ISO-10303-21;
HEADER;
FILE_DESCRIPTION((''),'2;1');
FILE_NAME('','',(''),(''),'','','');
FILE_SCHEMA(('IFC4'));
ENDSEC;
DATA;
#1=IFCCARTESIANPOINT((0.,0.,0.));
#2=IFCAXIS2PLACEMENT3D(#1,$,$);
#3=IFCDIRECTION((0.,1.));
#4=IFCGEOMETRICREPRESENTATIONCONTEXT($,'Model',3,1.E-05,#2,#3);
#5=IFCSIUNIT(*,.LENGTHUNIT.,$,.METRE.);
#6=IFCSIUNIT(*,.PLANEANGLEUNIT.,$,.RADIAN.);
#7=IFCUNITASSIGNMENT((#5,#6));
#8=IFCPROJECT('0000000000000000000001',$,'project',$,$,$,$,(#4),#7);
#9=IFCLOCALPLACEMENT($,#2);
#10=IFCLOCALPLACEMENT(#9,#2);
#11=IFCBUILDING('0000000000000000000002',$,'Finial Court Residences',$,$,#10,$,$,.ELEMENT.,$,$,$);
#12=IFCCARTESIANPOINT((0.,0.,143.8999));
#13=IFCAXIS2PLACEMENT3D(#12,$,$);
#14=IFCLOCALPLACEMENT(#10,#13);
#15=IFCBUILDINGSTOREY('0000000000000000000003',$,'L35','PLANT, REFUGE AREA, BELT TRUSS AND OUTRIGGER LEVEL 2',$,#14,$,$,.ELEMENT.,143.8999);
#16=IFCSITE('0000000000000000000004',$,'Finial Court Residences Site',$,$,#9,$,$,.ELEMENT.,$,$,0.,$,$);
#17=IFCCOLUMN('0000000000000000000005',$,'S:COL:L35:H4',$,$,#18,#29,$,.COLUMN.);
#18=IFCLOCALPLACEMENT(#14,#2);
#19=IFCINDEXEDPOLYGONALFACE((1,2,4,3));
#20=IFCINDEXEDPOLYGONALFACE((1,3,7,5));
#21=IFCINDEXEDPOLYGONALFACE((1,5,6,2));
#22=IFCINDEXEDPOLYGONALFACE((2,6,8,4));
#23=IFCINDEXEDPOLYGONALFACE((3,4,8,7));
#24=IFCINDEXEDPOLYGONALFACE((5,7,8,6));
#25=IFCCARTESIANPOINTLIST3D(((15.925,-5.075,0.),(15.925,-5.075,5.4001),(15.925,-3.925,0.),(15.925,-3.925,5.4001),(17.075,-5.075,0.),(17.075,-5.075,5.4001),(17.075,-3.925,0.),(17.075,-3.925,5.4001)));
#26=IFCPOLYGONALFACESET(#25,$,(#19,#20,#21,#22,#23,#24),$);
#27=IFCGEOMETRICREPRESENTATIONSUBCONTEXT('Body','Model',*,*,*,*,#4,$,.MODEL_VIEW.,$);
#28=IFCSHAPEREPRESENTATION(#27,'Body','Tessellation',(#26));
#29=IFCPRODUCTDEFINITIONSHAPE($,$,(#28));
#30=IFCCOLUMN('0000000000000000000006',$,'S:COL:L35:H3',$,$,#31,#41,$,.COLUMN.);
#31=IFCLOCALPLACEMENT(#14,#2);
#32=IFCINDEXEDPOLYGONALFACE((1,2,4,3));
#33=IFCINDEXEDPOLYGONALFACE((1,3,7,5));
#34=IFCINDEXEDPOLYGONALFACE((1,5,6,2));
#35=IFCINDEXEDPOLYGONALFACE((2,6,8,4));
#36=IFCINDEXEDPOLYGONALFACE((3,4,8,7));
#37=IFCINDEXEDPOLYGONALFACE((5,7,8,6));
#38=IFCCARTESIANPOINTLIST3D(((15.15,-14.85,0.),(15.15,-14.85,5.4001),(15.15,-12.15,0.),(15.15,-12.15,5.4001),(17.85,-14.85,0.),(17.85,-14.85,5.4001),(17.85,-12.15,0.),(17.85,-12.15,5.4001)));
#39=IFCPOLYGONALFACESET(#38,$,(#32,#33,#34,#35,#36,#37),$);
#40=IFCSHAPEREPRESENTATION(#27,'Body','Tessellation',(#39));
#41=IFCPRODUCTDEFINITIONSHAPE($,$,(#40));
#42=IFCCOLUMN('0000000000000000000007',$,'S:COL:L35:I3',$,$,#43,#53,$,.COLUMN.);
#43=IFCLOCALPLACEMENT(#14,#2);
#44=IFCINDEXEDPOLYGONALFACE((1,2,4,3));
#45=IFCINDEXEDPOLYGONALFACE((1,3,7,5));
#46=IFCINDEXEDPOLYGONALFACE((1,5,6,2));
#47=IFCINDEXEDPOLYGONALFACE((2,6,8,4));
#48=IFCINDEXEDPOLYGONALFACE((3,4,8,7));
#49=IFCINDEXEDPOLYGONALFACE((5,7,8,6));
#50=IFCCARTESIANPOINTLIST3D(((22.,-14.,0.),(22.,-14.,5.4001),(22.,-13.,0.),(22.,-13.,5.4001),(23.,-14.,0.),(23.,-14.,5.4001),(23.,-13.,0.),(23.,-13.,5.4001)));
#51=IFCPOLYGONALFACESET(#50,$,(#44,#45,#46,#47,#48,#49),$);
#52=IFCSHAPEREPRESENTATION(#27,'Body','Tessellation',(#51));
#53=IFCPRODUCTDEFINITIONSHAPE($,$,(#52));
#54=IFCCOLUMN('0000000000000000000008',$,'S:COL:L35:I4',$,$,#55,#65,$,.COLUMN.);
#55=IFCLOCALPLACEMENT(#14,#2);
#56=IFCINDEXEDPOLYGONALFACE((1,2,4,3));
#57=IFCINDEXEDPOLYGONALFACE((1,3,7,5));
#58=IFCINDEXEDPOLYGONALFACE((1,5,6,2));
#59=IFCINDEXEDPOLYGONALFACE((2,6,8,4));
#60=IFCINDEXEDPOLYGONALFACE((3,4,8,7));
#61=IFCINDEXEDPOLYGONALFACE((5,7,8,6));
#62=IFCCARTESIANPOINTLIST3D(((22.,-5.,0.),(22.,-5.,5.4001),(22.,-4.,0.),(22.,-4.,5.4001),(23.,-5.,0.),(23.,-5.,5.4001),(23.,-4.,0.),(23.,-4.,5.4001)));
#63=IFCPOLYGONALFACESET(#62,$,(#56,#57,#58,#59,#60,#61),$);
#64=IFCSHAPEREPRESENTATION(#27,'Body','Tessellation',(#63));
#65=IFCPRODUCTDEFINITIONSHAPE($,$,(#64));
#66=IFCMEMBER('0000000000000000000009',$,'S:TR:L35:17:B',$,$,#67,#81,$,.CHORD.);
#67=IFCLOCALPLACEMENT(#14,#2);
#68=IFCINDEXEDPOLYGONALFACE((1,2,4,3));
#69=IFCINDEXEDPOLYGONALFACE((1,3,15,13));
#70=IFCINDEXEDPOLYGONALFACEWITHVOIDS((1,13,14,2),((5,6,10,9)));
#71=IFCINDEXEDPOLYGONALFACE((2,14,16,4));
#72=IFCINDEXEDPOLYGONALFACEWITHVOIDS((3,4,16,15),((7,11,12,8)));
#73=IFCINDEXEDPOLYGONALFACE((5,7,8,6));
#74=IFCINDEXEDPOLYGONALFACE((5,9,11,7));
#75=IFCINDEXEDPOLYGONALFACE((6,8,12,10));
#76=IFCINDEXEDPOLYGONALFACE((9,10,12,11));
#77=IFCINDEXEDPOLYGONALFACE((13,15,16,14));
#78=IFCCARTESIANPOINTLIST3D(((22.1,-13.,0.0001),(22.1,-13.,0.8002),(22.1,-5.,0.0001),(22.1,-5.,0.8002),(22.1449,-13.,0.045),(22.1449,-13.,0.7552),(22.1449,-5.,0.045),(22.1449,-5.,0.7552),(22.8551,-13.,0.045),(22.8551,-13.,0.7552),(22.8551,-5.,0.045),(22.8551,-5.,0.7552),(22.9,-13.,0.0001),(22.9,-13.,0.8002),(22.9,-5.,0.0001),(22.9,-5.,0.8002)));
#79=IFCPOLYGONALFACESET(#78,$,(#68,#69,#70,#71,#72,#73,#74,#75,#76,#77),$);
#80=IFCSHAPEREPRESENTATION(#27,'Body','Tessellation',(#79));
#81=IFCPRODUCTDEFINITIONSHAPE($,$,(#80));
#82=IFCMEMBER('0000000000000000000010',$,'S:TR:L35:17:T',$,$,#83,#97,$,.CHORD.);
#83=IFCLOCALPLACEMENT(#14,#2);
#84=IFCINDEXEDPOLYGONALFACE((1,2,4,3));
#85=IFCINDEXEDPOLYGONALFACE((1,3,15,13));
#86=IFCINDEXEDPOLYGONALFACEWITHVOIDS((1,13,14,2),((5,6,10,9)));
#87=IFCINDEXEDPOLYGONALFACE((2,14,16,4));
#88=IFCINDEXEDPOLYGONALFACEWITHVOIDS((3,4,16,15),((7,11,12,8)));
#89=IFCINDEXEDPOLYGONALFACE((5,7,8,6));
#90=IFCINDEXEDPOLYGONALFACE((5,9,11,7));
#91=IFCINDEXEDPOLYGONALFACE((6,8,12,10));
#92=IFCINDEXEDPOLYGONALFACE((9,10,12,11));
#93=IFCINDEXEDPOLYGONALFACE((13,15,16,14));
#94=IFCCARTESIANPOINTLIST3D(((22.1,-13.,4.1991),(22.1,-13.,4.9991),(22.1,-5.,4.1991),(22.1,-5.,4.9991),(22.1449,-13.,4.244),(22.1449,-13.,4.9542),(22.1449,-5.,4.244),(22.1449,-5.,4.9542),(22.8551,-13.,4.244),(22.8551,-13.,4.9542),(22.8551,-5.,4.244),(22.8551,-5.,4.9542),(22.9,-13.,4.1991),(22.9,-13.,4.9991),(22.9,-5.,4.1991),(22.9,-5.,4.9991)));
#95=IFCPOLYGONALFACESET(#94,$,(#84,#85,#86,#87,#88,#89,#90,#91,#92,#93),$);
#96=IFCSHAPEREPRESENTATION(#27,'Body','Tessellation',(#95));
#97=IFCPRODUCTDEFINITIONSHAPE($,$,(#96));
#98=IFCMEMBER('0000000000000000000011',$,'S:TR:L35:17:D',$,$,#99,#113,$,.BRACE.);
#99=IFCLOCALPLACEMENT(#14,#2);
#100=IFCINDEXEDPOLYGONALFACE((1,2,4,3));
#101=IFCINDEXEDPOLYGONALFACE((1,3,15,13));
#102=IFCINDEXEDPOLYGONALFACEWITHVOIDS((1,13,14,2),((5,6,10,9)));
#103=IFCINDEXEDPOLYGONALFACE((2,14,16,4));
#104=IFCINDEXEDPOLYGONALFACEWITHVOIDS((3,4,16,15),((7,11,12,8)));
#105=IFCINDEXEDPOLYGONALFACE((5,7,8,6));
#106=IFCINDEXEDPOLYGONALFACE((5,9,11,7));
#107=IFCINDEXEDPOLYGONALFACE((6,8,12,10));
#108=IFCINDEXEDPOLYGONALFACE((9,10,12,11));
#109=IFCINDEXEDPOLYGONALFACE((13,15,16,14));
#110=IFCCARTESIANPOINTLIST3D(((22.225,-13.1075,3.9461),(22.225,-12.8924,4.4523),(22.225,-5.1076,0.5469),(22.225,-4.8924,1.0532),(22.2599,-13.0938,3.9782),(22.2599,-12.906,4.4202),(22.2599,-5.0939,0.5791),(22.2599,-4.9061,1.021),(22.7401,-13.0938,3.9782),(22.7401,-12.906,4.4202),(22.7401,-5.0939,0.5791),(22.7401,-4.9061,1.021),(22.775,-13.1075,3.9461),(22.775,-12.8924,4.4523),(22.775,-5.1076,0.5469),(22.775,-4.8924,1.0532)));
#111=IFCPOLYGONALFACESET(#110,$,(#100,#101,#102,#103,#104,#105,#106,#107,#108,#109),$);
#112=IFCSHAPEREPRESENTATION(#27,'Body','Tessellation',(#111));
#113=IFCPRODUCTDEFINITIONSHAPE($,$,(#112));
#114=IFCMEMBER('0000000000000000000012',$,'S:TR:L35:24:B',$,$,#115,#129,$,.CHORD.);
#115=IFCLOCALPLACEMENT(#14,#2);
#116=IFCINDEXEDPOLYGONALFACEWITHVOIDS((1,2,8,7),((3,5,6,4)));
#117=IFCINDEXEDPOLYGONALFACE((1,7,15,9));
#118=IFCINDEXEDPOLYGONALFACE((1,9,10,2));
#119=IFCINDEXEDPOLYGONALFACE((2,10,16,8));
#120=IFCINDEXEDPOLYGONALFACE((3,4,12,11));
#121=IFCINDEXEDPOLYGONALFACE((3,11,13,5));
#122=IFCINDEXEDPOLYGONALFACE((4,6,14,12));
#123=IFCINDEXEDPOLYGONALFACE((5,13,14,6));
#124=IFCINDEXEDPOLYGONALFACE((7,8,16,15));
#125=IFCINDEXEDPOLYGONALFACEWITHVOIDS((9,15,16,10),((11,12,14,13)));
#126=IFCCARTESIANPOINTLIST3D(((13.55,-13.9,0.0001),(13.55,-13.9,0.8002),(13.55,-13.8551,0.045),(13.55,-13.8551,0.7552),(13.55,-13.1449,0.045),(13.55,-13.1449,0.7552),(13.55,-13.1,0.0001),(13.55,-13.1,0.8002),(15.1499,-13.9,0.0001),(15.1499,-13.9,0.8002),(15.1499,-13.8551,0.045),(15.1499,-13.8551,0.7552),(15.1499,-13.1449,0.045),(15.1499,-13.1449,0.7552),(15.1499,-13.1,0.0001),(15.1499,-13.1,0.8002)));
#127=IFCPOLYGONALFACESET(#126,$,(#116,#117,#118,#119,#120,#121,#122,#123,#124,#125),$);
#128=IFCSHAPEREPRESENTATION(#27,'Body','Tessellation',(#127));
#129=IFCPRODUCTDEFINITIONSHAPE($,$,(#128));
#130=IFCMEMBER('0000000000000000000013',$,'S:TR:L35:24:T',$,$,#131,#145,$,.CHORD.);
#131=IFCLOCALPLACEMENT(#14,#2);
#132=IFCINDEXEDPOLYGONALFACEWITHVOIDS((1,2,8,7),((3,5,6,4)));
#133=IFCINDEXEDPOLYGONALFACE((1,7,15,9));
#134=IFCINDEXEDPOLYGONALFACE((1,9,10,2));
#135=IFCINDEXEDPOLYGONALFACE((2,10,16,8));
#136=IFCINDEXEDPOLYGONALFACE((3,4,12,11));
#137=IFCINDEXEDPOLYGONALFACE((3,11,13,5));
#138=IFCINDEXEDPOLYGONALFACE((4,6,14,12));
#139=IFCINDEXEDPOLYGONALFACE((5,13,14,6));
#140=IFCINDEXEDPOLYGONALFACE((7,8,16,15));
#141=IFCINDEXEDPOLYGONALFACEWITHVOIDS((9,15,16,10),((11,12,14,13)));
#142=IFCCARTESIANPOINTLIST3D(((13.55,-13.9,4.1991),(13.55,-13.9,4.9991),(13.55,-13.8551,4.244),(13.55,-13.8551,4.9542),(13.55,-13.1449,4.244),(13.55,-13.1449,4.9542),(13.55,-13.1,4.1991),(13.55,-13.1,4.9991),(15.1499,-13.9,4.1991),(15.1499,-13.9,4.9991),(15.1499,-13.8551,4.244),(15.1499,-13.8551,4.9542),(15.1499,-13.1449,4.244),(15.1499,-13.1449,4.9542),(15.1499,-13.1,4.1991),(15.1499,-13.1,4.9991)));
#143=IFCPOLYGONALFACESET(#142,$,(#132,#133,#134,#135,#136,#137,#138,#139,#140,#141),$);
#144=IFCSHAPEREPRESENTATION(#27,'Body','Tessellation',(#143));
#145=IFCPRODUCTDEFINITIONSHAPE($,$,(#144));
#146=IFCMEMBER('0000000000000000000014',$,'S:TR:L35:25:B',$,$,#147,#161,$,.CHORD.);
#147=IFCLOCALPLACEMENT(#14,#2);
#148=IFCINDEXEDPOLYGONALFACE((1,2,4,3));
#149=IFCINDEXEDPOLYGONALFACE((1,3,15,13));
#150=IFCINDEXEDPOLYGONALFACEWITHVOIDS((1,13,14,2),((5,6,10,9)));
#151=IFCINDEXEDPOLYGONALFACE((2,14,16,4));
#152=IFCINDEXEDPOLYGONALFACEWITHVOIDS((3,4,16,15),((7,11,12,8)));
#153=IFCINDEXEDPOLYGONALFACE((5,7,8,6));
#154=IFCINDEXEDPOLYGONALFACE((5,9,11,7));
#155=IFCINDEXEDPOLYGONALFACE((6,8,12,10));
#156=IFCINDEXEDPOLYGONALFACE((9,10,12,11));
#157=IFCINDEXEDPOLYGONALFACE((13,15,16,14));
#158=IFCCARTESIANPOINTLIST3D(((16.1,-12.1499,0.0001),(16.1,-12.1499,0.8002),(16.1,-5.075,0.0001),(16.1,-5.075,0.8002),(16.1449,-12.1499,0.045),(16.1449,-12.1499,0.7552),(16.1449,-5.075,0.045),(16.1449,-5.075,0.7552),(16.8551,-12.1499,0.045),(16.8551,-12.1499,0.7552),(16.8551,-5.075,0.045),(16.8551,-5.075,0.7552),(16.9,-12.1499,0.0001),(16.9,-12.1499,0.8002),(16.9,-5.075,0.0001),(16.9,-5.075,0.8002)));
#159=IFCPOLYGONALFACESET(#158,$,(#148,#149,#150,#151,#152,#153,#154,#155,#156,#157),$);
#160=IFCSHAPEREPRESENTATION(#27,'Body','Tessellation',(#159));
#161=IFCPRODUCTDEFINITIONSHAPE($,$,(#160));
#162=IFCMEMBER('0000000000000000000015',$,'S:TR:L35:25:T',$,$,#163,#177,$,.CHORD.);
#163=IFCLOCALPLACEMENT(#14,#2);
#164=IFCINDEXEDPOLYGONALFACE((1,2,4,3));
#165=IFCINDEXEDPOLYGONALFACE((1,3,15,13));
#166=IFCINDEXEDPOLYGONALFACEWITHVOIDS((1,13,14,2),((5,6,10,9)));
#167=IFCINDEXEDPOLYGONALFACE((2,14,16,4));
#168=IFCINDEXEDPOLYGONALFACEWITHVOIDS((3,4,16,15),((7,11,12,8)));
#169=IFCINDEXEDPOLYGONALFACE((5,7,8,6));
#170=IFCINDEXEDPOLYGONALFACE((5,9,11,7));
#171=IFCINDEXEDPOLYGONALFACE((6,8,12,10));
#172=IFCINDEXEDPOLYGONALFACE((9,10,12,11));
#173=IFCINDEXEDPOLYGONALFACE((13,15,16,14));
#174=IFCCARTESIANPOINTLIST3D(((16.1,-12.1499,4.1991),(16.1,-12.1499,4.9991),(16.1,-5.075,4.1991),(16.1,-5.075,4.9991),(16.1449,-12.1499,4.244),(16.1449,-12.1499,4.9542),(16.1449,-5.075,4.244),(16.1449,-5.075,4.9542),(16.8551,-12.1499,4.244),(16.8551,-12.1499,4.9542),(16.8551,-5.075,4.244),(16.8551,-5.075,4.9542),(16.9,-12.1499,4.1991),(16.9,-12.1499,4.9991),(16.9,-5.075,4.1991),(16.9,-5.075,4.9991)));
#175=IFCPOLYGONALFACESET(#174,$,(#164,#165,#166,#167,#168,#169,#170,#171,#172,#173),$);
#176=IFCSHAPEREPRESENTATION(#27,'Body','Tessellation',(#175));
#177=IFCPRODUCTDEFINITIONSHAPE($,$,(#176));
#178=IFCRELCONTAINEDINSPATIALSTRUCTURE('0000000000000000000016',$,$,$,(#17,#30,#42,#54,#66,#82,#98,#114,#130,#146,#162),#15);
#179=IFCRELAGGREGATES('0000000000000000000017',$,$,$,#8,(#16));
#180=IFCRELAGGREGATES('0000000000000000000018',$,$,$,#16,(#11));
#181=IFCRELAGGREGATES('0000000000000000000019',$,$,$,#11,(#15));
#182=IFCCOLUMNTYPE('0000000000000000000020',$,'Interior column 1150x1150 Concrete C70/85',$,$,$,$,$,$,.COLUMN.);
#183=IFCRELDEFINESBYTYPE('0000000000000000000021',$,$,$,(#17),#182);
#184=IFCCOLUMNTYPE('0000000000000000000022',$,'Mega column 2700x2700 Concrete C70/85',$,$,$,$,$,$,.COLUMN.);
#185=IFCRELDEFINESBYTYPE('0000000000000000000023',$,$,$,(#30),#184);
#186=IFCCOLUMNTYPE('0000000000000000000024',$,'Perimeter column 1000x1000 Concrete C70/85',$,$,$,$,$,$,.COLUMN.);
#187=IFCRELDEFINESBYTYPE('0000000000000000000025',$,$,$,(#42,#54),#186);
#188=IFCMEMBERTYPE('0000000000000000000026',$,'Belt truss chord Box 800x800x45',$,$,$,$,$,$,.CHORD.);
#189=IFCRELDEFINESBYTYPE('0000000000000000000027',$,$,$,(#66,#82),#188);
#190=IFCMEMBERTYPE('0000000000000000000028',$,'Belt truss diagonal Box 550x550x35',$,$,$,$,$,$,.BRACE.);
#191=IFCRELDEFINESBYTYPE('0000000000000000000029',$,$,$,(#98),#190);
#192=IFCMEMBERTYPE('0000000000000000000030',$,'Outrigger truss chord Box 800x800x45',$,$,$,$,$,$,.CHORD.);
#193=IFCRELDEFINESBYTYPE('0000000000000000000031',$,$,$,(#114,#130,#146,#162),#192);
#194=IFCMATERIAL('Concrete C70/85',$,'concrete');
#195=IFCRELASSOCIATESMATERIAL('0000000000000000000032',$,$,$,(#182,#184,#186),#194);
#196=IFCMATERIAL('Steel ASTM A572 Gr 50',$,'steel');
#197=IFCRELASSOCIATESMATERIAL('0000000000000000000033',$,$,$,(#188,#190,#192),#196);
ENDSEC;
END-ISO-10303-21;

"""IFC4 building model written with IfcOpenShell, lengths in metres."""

from ifc_helpers import new_model, si_unit, direction, frame, origin, origin_2d, place, context, subcontext, project, spatial, rectangle, hollow_rectangle, extrude, material, material_profile, profile_set, type_object, element, save


model = new_model("IFC4")

# Units and contexts
model_context = context("Model", 3, precision=1e-05, world=origin(), true_north=direction((0.0, 1.0)))
body_context = subcontext(model_context, "Body", "Model", "MODEL_VIEW")
ifc_project = project(units=[si_unit("LENGTHUNIT", "METRE"), si_unit("PLANEANGLEUNIT", "RADIAN")], contexts=[model_context])

# Site, building, storey
site_placement = place(None, origin())
site = spatial("IfcSite", under=ifc_project, at=site_placement, Name="Finial Court Residences Site", CompositionType="ELEMENT", RefElevation=0.0)
building_placement = place(site_placement, origin())
building = spatial("IfcBuilding", under=site, at=building_placement, Name="Finial Court Residences", CompositionType="ELEMENT")
storey_placement = place(building_placement, frame((0.0, 0.0, 143.8999)))
storey = spatial("IfcBuildingStorey", under=building, at=storey_placement, Name="L35", Description="PLANT, REFUGE AREA, BELT TRUSS AND OUTRIGGER LEVEL 2", CompositionType="ELEMENT", Elevation=143.8999)

# Columns
ifc_material_1 = material(Name="Concrete C70/85", Category="concrete")
ifc_material_profile_1 = material_profile(ifc_material_1, rectangle(XDim=1.1499, YDim=1.1499, at=origin_2d()), Name="1150x1150")
ifc_profile_set_1 = profile_set([ifc_material_profile_1], Name="Concrete C70/85")
column_type_1 = type_object("IfcColumnType", Name="Interior column 1150x1150 Concrete C70/85", PredefinedType="COLUMN", material=ifc_profile_set_1)
column_1_placement = place(storey_placement, frame((16.5, -4.5, 0.0), z_axis=(0.0, 0.0, 1.0), x_axis=(1.0, 0.0, 0.0)))
element("IfcColumn", 1, at=column_1_placement, inside=storey, type_object=column_type_1, Name="S:COL:L35:H4", PredefinedType="COLUMN", context=body_context, shape_type="SweptSolid", body=[
    extrude(rectangle(XDim=1.1499, YDim=1.1499, at=origin_2d()), origin(), (0.0, 0.0, 1.0), 5.4001),
])
ifc_material_profile_2 = material_profile(ifc_material_1, rectangle(XDim=2.7, YDim=2.7, at=origin_2d()), Name="2700x2700")
ifc_profile_set_2 = profile_set([ifc_material_profile_2], Name="Concrete C70/85")
column_type_2 = type_object("IfcColumnType", Name="Mega column 2700x2700 Concrete C70/85", PredefinedType="COLUMN", material=ifc_profile_set_2)
column_2_placement = place(storey_placement, frame((16.5, -13.5, 0.0), z_axis=(0.0, 0.0, 1.0), x_axis=(1.0, 0.0, 0.0)))
element("IfcColumn", 2, at=column_2_placement, inside=storey, type_object=column_type_2, Name="S:COL:L35:H3", PredefinedType="COLUMN", context=body_context, shape_type="SweptSolid", body=[
    extrude(rectangle(XDim=2.7, YDim=2.7, at=origin_2d()), origin(), (0.0, 0.0, 1.0), 5.4001),
])
ifc_material_profile_3 = material_profile(ifc_material_1, rectangle(XDim=1.0, YDim=1.0, at=origin_2d()), Name="1000x1000")
ifc_profile_set_3 = profile_set([ifc_material_profile_3], Name="Concrete C70/85")
column_type_3 = type_object("IfcColumnType", Name="Perimeter column 1000x1000 Concrete C70/85", PredefinedType="COLUMN", material=ifc_profile_set_3)
for number, where, z_axis, x_axis, name in (
    (3, (22.5, -13.5, 0.0), (0.0, 0.0, 1.0), (1.0, 0.0, 0.0), "S:COL:L35:I3"),
    (4, (22.5, -4.5, 0.0), (0.0, 0.0, 1.0), (1.0, 0.0, 0.0), "S:COL:L35:I4"),
):
    element("IfcColumn", number, at=place(storey_placement, frame(where, z_axis=z_axis, x_axis=x_axis)), inside=storey, type_object=column_type_3, Name=name, PredefinedType="COLUMN", context=body_context, shape_type="SweptSolid", body=[
        extrude(rectangle(XDim=1.0, YDim=1.0, at=origin_2d()), origin(), (0.0, 0.0, 1.0), 5.4001),
    ])

# Members
ifc_material_2 = material(Name="Steel ASTM A572 Gr 50", Category="steel")
ifc_material_profile_4 = material_profile(ifc_material_2, hollow_rectangle(XDim=0.8, YDim=0.8, WallThickness=0.0449, at=origin_2d()), Name="Box 800x800x45")
ifc_profile_set_4 = profile_set([ifc_material_profile_4], Name="Steel ASTM A572 Gr 50")
member_type_1 = type_object("IfcMemberType", Name="Belt truss chord Box 800x800x45", PredefinedType="CHORD", material=ifc_profile_set_4)
for number, where, z_axis, x_axis, name in (
    (5, (22.5, -5.0, 0.4001), (0.0, -1.0, 0.0), (1.0, 0.0, 0.0), "S:TR:L35:17:B"),
    (6, (22.5, -5.0, 4.5991), (0.0, -1.0, 0.0), (1.0, 0.0, 0.0), "S:TR:L35:17:T"),
):
    element("IfcMember", number, at=place(storey_placement, frame(where, z_axis=z_axis, x_axis=x_axis)), inside=storey, type_object=member_type_1, Name=name, PredefinedType="CHORD", context=body_context, shape_type="SweptSolid", body=[
        extrude(hollow_rectangle(XDim=0.8, YDim=0.8, WallThickness=0.0449, at=origin_2d()), origin(), (0.0, 0.0, 1.0), 8.0),
    ])
ifc_material_profile_5 = material_profile(ifc_material_2, hollow_rectangle(XDim=0.55, YDim=0.55, WallThickness=0.0349, at=origin_2d()), Name="Box 550x550x35")
ifc_profile_set_5 = profile_set([ifc_material_profile_5], Name="Steel ASTM A572 Gr 50")
member_type_2 = type_object("IfcMemberType", Name="Belt truss diagonal Box 550x550x35", PredefinedType="BRACE", material=ifc_profile_set_5)
member_1_placement = place(storey_placement, frame((22.5, -5.0, 0.8), z_axis=(0.0, -0.920365, 0.39106), x_axis=(1.0, 0.0, 0.0)))
element("IfcMember", 7, at=member_1_placement, inside=storey, type_object=member_type_2, Name="S:TR:L35:17:D", PredefinedType="BRACE", context=body_context, shape_type="SweptSolid", body=[
    extrude(hollow_rectangle(XDim=0.55, YDim=0.55, WallThickness=0.0349, at=origin_2d()), origin(), (0.0, 0.0, 1.0), 8.6921),
])
ifc_material_profile_6 = material_profile(ifc_material_2, hollow_rectangle(XDim=0.8, YDim=0.8, WallThickness=0.0449, at=origin_2d()), Name="Box 800x800x45")
ifc_profile_set_6 = profile_set([ifc_material_profile_6], Name="Steel ASTM A572 Gr 50")
member_type_3 = type_object("IfcMemberType", Name="Outrigger truss chord Box 800x800x45", PredefinedType="CHORD", material=ifc_profile_set_6)
for number, where, z_axis, x_axis, name in (
    (8, (13.55, -13.5, 0.4001), (1.0, 0.0, 0.0), (0.0, 1.0, 0.0), "S:TR:L35:24:B"),
    (9, (13.55, -13.5, 4.5991), (1.0, 0.0, 0.0), (0.0, 1.0, 0.0), "S:TR:L35:24:T"),
):
    element("IfcMember", number, at=place(storey_placement, frame(where, z_axis=z_axis, x_axis=x_axis)), inside=storey, type_object=member_type_3, Name=name, PredefinedType="CHORD", context=body_context, shape_type="SweptSolid", body=[
        extrude(hollow_rectangle(XDim=0.8, YDim=0.8, WallThickness=0.0449, at=origin_2d()), origin(), (0.0, 0.0, 1.0), 1.5999),
    ])
for number, where, z_axis, x_axis, name in (
    (10, (16.5, -12.1499, 0.4001), (0.0, 1.0, 0.0), (-1.0, 0.0, 0.0), "S:TR:L35:25:B"),
    (11, (16.5, -12.1499, 4.5991), (0.0, 1.0, 0.0), (-1.0, 0.0, 0.0), "S:TR:L35:25:T"),
):
    element("IfcMember", number, at=place(storey_placement, frame(where, z_axis=z_axis, x_axis=x_axis)), inside=storey, type_object=member_type_3, Name=name, PredefinedType="CHORD", context=body_context, shape_type="SweptSolid", body=[
        extrude(hollow_rectangle(XDim=0.8, YDim=0.8, WallThickness=0.0449, at=origin_2d()), origin(), (0.0, 0.0, 1.0), 7.075),
    ])

save(model, "model.ifc")
